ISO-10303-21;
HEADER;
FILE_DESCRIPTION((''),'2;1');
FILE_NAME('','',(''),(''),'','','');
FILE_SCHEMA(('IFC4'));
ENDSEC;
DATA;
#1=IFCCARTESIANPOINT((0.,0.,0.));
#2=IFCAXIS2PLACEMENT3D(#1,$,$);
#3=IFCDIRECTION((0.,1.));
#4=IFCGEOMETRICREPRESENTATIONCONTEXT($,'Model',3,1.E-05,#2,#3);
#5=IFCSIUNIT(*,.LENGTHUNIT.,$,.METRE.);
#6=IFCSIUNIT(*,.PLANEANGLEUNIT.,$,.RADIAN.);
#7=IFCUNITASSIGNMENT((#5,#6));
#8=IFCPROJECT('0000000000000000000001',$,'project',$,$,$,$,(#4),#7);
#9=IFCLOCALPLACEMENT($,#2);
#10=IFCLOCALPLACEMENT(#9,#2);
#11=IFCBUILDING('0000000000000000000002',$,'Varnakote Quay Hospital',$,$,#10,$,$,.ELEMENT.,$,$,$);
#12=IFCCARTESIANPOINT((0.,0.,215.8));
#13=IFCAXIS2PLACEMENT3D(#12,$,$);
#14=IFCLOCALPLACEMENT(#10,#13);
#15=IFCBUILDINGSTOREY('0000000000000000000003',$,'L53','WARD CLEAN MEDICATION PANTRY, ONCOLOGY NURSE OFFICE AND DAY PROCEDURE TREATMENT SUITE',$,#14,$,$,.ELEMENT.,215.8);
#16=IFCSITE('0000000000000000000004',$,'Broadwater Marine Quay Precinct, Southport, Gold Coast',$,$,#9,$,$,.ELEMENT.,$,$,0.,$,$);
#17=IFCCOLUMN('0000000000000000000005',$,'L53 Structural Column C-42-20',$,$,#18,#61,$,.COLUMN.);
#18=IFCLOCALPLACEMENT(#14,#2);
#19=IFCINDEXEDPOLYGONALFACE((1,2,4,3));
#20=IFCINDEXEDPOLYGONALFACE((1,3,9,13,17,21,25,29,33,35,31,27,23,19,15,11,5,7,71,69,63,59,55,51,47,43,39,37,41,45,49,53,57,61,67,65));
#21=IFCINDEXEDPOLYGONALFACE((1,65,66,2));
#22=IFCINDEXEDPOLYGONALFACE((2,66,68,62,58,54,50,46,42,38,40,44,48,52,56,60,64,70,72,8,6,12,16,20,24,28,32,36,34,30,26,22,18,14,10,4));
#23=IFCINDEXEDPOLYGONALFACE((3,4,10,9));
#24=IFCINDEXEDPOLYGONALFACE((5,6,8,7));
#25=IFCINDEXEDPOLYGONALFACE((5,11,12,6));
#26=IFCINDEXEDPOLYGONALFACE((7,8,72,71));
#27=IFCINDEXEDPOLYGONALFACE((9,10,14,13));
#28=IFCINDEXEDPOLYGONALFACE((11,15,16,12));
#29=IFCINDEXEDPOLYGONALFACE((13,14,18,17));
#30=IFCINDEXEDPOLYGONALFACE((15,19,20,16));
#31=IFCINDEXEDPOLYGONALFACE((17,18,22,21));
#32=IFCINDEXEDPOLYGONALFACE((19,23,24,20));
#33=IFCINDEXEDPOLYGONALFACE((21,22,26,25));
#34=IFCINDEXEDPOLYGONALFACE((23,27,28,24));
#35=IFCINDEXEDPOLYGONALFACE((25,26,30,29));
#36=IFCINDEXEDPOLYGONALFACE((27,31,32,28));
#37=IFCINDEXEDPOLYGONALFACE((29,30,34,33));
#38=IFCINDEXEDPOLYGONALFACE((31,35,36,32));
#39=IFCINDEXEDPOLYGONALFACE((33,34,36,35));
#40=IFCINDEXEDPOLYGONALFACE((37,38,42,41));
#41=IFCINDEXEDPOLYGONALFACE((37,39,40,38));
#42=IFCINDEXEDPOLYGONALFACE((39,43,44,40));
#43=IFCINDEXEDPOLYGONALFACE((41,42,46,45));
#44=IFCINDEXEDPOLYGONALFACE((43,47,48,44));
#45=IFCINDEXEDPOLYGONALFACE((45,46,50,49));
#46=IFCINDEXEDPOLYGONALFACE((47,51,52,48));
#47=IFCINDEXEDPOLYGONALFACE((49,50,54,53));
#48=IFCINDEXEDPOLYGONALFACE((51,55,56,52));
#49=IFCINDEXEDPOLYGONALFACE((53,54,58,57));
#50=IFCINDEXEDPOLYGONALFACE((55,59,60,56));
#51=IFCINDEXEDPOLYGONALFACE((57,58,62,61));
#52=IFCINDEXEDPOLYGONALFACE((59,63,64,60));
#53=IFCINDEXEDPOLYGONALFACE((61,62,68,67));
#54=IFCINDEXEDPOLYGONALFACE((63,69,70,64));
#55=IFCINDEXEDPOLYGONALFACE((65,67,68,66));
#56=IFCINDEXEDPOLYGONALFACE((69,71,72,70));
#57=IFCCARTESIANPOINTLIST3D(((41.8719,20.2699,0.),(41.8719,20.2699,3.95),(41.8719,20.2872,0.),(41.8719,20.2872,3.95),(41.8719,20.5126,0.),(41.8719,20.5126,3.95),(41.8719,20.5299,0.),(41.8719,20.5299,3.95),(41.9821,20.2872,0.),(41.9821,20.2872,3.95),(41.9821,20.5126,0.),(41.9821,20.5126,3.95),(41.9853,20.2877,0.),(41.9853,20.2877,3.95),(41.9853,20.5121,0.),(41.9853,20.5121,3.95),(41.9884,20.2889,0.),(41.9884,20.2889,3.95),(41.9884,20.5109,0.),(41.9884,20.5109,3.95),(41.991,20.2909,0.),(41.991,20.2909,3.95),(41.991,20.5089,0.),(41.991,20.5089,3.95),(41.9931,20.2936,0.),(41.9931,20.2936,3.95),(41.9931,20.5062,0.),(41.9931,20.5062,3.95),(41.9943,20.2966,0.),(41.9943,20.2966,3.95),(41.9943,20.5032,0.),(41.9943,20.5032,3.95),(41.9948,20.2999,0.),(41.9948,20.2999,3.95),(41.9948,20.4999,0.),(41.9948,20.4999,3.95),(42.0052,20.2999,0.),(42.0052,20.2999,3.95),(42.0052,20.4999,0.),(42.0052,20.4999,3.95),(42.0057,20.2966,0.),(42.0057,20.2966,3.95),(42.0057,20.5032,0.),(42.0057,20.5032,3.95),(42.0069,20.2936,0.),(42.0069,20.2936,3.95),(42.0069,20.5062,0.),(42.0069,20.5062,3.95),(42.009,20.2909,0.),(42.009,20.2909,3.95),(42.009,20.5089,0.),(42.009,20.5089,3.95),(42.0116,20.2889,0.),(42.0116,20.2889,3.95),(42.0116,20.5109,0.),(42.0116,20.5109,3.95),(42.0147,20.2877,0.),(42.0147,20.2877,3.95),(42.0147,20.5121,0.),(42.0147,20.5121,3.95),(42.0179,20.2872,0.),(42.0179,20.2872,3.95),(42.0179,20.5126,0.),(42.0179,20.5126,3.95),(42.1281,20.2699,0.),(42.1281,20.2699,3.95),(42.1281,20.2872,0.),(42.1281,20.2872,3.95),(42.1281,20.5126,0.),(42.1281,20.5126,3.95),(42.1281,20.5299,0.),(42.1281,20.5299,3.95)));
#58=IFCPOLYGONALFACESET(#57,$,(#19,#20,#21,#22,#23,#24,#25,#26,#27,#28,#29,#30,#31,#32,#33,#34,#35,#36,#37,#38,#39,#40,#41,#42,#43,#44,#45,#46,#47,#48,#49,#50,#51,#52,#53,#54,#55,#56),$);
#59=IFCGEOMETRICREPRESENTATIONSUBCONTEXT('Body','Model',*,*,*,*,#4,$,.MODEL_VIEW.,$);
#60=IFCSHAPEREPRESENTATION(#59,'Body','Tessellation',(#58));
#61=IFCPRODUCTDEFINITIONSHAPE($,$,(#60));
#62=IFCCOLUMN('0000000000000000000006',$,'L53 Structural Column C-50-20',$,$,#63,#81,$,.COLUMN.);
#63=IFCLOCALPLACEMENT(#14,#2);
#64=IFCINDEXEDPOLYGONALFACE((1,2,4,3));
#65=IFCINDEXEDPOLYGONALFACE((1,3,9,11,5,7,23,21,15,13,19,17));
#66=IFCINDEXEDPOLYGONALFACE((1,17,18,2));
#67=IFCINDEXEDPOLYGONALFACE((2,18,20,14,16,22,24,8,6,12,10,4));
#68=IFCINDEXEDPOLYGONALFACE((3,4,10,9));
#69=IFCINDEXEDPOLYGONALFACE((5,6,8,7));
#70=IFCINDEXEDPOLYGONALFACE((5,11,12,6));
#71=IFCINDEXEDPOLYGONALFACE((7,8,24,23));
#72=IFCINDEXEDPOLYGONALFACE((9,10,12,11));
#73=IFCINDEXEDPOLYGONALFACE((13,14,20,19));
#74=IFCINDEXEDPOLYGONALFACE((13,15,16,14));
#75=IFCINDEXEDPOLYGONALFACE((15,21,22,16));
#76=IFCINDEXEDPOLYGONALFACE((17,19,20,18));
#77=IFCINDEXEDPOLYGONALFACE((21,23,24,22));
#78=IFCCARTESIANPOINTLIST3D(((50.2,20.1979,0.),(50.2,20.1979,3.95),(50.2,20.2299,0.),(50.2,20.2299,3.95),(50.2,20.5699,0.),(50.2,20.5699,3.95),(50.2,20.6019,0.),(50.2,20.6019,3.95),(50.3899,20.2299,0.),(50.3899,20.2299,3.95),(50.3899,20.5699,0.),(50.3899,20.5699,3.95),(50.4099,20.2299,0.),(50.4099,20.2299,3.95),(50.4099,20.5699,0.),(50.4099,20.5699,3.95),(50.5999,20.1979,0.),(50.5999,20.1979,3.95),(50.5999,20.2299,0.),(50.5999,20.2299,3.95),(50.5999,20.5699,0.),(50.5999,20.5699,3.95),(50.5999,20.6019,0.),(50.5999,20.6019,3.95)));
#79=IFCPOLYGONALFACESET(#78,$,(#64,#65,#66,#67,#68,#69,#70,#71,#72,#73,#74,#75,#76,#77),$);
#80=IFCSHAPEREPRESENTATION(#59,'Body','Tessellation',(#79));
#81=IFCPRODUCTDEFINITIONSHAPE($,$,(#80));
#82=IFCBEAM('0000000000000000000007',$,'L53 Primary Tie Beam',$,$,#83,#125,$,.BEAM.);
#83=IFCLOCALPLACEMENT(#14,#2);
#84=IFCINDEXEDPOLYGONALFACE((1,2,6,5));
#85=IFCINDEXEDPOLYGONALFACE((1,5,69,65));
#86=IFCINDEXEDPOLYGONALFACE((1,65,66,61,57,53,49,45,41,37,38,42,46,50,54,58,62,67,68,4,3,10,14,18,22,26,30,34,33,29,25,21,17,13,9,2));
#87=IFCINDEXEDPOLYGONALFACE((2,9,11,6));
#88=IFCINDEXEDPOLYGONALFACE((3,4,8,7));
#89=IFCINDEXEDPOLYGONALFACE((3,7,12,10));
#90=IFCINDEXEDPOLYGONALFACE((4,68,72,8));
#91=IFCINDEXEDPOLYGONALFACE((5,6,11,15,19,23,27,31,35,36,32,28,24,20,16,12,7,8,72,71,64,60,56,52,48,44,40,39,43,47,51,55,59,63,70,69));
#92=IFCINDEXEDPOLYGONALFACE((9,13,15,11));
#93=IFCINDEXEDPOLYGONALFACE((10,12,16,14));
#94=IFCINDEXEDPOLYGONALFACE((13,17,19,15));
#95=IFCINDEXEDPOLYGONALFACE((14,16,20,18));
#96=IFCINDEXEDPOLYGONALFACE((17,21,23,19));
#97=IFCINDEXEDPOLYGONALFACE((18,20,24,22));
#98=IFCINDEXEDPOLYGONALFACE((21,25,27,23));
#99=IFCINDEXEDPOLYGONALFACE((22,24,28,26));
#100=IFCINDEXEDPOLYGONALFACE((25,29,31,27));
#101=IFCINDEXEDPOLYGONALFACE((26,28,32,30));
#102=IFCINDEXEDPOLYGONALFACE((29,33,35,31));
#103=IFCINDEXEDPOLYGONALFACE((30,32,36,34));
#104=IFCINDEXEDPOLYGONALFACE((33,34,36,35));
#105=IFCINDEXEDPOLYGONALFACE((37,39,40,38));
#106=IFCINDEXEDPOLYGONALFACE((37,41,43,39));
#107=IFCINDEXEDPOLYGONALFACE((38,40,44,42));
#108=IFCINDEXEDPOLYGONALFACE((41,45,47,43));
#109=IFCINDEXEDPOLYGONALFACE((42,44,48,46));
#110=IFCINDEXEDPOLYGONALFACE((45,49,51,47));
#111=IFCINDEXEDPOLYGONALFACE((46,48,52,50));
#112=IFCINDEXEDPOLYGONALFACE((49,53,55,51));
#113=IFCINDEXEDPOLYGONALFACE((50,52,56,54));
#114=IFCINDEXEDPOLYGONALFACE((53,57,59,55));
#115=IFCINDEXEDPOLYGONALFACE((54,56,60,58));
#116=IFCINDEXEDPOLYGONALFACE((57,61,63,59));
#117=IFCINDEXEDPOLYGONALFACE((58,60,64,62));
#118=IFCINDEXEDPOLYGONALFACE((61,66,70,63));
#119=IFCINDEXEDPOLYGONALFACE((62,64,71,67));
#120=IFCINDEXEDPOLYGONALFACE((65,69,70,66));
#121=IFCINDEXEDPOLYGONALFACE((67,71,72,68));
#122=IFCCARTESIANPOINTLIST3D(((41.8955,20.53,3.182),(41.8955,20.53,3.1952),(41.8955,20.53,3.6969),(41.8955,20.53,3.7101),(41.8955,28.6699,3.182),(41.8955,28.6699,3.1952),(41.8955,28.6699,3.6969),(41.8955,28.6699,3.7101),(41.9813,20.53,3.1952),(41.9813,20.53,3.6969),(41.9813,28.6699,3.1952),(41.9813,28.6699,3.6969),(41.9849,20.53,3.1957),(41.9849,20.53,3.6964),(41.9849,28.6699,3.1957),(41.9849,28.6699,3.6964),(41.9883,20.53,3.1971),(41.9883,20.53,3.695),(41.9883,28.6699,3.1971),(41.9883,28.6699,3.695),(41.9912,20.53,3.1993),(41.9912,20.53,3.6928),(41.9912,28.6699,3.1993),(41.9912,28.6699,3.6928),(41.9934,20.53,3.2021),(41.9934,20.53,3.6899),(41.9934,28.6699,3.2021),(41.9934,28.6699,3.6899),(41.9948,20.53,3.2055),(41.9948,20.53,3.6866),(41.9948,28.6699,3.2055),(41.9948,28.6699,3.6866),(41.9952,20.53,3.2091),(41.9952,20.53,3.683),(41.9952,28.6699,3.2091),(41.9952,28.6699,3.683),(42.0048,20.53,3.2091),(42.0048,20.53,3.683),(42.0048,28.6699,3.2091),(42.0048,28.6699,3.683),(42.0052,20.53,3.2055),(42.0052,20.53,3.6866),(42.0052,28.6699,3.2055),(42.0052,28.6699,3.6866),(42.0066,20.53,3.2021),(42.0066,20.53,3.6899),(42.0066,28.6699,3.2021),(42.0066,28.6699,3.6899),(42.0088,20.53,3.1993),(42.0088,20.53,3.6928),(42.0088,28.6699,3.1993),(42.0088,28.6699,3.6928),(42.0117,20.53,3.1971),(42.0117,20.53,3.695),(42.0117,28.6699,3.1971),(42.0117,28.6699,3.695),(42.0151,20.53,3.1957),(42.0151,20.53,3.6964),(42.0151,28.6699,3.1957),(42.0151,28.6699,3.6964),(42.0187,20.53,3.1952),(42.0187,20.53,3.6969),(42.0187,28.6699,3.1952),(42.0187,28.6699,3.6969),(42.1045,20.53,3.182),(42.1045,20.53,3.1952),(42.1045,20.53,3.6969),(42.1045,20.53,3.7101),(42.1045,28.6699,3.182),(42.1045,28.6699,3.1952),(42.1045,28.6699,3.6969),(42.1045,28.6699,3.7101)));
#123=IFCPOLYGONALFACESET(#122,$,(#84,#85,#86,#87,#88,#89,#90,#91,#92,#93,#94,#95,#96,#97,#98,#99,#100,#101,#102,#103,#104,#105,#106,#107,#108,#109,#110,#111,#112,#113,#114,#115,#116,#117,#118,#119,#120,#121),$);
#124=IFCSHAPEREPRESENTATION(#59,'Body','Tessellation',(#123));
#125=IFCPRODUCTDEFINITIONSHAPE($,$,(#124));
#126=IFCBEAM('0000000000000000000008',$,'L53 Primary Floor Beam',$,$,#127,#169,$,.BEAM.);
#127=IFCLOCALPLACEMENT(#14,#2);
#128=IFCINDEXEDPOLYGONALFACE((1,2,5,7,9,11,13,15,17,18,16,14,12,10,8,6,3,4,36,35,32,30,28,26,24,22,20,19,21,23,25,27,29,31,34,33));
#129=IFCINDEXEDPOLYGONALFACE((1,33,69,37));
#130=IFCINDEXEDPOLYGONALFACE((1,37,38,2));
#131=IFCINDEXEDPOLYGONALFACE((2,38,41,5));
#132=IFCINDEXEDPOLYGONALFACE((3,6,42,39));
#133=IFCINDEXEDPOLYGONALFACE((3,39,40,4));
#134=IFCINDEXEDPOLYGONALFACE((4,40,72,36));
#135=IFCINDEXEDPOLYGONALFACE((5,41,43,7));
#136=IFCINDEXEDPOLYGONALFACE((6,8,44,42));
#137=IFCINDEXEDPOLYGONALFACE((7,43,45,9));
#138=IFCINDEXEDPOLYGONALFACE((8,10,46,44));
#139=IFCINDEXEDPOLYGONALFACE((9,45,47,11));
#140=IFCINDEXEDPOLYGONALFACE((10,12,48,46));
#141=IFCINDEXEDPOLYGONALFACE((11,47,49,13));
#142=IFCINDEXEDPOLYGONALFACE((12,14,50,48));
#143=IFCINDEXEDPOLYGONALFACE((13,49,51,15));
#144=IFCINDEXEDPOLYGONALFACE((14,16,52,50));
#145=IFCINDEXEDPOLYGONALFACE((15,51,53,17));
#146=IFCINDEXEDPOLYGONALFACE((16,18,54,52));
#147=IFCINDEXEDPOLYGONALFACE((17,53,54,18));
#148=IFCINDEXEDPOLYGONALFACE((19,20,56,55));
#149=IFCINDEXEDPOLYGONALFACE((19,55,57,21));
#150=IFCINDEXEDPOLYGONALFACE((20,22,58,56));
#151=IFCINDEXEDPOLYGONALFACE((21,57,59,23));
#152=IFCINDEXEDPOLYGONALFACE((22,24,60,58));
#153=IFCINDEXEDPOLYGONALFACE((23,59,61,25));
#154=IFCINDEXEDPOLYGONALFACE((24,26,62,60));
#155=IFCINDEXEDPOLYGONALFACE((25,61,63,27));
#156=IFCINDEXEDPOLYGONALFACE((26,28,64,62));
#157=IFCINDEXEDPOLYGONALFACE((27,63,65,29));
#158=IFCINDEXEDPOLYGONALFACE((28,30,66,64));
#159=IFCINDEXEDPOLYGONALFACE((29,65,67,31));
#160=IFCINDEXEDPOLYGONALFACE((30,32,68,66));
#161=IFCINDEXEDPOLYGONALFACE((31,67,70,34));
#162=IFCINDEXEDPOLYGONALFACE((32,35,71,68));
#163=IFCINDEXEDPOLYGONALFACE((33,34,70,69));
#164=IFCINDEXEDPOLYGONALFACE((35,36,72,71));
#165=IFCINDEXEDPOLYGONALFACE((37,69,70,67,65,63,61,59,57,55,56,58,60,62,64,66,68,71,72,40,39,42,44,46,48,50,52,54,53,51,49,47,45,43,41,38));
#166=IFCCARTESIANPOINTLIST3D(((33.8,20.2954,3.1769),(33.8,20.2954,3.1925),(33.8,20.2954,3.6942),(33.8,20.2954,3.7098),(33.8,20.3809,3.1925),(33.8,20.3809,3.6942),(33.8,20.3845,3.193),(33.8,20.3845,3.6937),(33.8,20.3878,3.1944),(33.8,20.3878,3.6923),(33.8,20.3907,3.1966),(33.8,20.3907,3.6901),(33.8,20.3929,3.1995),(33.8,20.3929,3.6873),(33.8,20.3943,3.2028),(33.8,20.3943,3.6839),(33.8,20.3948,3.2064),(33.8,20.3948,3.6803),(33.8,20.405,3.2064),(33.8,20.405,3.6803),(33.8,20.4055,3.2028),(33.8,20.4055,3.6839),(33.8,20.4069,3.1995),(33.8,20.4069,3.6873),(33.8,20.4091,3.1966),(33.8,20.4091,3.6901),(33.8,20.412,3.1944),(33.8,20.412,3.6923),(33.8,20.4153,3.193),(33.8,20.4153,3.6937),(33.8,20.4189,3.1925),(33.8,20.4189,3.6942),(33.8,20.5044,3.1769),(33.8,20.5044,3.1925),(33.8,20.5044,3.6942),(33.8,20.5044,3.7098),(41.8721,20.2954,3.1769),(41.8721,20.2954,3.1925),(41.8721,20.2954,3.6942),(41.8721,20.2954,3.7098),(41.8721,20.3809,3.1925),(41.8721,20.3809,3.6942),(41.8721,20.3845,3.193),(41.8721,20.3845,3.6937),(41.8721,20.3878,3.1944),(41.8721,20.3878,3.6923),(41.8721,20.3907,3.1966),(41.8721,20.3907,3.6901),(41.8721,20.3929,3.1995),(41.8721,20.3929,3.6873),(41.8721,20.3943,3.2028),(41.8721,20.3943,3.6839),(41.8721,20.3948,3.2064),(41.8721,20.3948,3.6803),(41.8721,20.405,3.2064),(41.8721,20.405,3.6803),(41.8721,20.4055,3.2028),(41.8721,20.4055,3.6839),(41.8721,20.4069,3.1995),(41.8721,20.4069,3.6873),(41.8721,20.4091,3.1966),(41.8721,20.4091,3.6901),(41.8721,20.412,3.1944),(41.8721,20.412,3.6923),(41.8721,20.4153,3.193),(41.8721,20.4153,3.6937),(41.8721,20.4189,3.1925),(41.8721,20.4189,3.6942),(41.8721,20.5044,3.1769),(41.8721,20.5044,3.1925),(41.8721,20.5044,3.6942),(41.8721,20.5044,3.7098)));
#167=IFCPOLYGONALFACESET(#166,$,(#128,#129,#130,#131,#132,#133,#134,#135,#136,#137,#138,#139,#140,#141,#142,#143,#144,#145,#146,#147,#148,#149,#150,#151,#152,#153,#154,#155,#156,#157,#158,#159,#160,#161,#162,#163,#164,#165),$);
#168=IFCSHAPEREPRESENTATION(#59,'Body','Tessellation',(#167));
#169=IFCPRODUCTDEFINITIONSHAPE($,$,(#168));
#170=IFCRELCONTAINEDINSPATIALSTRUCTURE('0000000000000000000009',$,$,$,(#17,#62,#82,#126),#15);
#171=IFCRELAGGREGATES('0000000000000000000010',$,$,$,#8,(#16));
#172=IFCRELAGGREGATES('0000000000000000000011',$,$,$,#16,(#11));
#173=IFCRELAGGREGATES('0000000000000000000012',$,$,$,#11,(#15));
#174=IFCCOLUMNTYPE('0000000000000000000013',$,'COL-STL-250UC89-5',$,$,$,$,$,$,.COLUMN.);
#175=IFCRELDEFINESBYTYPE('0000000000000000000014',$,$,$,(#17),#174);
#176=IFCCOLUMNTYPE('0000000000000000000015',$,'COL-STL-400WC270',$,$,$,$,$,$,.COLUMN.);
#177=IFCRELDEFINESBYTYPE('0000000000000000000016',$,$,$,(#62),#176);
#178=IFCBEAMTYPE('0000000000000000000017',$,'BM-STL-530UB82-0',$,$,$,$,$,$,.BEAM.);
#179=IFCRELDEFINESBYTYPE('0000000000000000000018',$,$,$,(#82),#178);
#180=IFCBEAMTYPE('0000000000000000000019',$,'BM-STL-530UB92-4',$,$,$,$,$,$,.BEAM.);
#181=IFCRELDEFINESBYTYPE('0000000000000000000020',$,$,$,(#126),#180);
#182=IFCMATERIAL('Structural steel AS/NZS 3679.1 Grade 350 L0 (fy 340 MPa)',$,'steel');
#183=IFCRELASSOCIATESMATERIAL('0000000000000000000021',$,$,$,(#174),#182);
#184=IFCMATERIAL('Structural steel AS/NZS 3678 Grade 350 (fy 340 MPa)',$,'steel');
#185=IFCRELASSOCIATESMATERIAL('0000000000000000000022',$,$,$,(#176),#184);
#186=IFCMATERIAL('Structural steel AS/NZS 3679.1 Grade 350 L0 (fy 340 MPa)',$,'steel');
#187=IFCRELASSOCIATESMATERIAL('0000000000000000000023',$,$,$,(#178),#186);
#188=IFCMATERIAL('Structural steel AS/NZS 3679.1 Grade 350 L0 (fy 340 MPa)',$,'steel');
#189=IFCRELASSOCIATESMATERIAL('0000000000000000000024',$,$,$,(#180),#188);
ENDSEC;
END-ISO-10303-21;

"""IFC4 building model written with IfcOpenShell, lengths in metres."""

from ifc_helpers import new_model, si_unit, direction, frame, origin, origin_2d, place, context, subcontext, project, spatial, i_section, extrude, material, material_profile, profile_set, type_object, element, save


model = new_model("IFC4")

# Units and contexts
model_context = context("Model", 3, precision=1e-05, world=origin(), true_north=direction((0.0, 1.0)))
body_context = subcontext(model_context, "Body", "Model", "MODEL_VIEW")
ifc_project = project(units=[si_unit("LENGTHUNIT", "METRE"), si_unit("PLANEANGLEUNIT", "RADIAN")], contexts=[model_context])

# Site, building, storey
site_placement = place(None, origin())
site = spatial("IfcSite", under=ifc_project, at=site_placement, Name="Broadwater Marine Quay Precinct, Southport, Gold Coast", CompositionType="ELEMENT", RefElevation=0.0)
building_placement = place(site_placement, origin())
building = spatial("IfcBuilding", under=site, at=building_placement, Name="Varnakote Quay Hospital", CompositionType="ELEMENT")
storey_placement = place(building_placement, frame((0.0, 0.0, 215.8)))
storey = spatial("IfcBuildingStorey", under=building, at=storey_placement, Name="L53", Description="WARD CLEAN MEDICATION PANTRY, ONCOLOGY NURSE OFFICE AND DAY PROCEDURE TREATMENT SUITE", CompositionType="ELEMENT", Elevation=215.8)

# Columns
ifc_material_1 = material(Name="Structural steel AS/NZS 3679.1 Grade 350 L0 (fy 340 MPa)", Category="steel")
ifc_material_profile_1 = material_profile(ifc_material_1, i_section(OverallWidth=0.2561, OverallDepth=0.26, WebThickness=0.0105, FlangeThickness=0.0173, FilletRadius=0.0127, at=origin_2d()), Name="250UC89.5")
ifc_profile_set_1 = profile_set([ifc_material_profile_1], Name="Structural steel AS/NZS 3679.1 Grade 350 L0 (fy 340 MPa)")
column_type_1 = type_object("IfcColumnType", Name="COL-STL-250UC89-5", PredefinedType="COLUMN", material=ifc_profile_set_1)
column_1_placement = place(storey_placement, frame((42.0, 20.3999, 0.0), z_axis=(0.0, 0.0, 1.0), x_axis=(1.0, 0.0, 0.0)))
element("IfcColumn", 1, at=column_1_placement, inside=storey, type_object=column_type_1, Name="L53 Structural Column C-42-20", PredefinedType="COLUMN", context=body_context, shape_type="SweptSolid", body=[
    extrude(i_section(OverallWidth=0.2561, OverallDepth=0.26, WebThickness=0.0105, FlangeThickness=0.0173, FilletRadius=0.0127, at=origin_2d()), origin(), (0.0, 0.0, 1.0), 3.95),
])
ifc_material_2 = material(Name="Structural steel AS/NZS 3678 Grade 350 (fy 340 MPa)", Category="steel")
ifc_material_profile_2 = material_profile(ifc_material_2, i_section(OverallWidth=0.3999, OverallDepth=0.4041, WebThickness=0.02, FlangeThickness=0.032, at=origin_2d()), Name="400WC270")
ifc_profile_set_2 = profile_set([ifc_material_profile_2], Name="Structural steel AS/NZS 3678 Grade 350 (fy 340 MPa)")
column_type_2 = type_object("IfcColumnType", Name="COL-STL-400WC270", PredefinedType="COLUMN", material=ifc_profile_set_2)
column_2_placement = place(storey_placement, frame((50.3999, 20.3999, 0.0), z_axis=(0.0, 0.0, 1.0), x_axis=(1.0, 0.0, 0.0)))
element("IfcColumn", 2, at=column_2_placement, inside=storey, type_object=column_type_2, Name="L53 Structural Column C-50-20", PredefinedType="COLUMN", context=body_context, shape_type="SweptSolid", body=[
    extrude(i_section(OverallWidth=0.3999, OverallDepth=0.4041, WebThickness=0.02, FlangeThickness=0.032, at=origin_2d()), origin(), (0.0, 0.0, 1.0), 3.95),
])

# Beams
ifc_material_3 = material(Name="Structural steel AS/NZS 3679.1 Grade 350 L0 (fy 340 MPa)", Category="steel")
ifc_material_profile_3 = material_profile(ifc_material_3, i_section(OverallWidth=0.209, OverallDepth=0.5281, WebThickness=0.0095, FlangeThickness=0.0132, FilletRadius=0.0139, at=origin_2d()), Name="530UB82.0")
ifc_profile_set_3 = profile_set([ifc_material_profile_3], Name="Structural steel AS/NZS 3679.1 Grade 350 L0 (fy 340 MPa)")
beam_type_1 = type_object("IfcBeamType", Name="BM-STL-530UB82-0", PredefinedType="BEAM", material=ifc_profile_set_3)
beam_placement = place(storey_placement, frame((42.0, 20.53, 3.446), z_axis=(0.0, 1.0, 0.0), x_axis=(-1.0, 0.0, 0.0)))
element("IfcBeam", 3, at=beam_placement, inside=storey, type_object=beam_type_1, Name="L53 Primary Tie Beam", PredefinedType="BEAM", context=body_context, shape_type="SweptSolid", body=[
    extrude(i_section(OverallWidth=0.209, OverallDepth=0.5281, WebThickness=0.0095, FlangeThickness=0.0132, FilletRadius=0.0139, at=origin_2d()), origin(), (0.0, 0.0, 1.0), 8.1399),
])
ifc_material_4 = material(Name="Structural steel AS/NZS 3679.1 Grade 350 L0 (fy 340 MPa)", Category="steel")
ifc_material_profile_4 = material_profile(ifc_material_4, i_section(OverallWidth=0.209, OverallDepth=0.533, WebThickness=0.0103, FlangeThickness=0.0156, FilletRadius=0.0139, at=origin_2d()), Name="530UB92.4")
ifc_profile_set_4 = profile_set([ifc_material_profile_4], Name="Structural steel AS/NZS 3679.1 Grade 350 L0 (fy 340 MPa)")
beam_type_2 = type_object("IfcBeamType", Name="BM-STL-530UB92-4", PredefinedType="BEAM", material=ifc_profile_set_4)
for number, where, z_axis, x_axis, name in (
    (4, (33.8, 20.3999, 3.4434), (1.0, 0.0, 0.0), (0.0, 1.0, 0.0), "L53 Primary Floor Beam"),
):
    element("IfcBeam", number, at=place(storey_placement, frame(where, z_axis=z_axis, x_axis=x_axis)), inside=storey, type_object=beam_type_2, Name=name, PredefinedType="BEAM", context=body_context, shape_type="SweptSolid", body=[
        extrude(i_section(OverallWidth=0.209, OverallDepth=0.533, WebThickness=0.0103, FlangeThickness=0.0156, FilletRadius=0.0139, at=origin_2d()), origin(), (0.0, 0.0, 1.0), 8.072),
    ])

save(model, "model.ifc")
